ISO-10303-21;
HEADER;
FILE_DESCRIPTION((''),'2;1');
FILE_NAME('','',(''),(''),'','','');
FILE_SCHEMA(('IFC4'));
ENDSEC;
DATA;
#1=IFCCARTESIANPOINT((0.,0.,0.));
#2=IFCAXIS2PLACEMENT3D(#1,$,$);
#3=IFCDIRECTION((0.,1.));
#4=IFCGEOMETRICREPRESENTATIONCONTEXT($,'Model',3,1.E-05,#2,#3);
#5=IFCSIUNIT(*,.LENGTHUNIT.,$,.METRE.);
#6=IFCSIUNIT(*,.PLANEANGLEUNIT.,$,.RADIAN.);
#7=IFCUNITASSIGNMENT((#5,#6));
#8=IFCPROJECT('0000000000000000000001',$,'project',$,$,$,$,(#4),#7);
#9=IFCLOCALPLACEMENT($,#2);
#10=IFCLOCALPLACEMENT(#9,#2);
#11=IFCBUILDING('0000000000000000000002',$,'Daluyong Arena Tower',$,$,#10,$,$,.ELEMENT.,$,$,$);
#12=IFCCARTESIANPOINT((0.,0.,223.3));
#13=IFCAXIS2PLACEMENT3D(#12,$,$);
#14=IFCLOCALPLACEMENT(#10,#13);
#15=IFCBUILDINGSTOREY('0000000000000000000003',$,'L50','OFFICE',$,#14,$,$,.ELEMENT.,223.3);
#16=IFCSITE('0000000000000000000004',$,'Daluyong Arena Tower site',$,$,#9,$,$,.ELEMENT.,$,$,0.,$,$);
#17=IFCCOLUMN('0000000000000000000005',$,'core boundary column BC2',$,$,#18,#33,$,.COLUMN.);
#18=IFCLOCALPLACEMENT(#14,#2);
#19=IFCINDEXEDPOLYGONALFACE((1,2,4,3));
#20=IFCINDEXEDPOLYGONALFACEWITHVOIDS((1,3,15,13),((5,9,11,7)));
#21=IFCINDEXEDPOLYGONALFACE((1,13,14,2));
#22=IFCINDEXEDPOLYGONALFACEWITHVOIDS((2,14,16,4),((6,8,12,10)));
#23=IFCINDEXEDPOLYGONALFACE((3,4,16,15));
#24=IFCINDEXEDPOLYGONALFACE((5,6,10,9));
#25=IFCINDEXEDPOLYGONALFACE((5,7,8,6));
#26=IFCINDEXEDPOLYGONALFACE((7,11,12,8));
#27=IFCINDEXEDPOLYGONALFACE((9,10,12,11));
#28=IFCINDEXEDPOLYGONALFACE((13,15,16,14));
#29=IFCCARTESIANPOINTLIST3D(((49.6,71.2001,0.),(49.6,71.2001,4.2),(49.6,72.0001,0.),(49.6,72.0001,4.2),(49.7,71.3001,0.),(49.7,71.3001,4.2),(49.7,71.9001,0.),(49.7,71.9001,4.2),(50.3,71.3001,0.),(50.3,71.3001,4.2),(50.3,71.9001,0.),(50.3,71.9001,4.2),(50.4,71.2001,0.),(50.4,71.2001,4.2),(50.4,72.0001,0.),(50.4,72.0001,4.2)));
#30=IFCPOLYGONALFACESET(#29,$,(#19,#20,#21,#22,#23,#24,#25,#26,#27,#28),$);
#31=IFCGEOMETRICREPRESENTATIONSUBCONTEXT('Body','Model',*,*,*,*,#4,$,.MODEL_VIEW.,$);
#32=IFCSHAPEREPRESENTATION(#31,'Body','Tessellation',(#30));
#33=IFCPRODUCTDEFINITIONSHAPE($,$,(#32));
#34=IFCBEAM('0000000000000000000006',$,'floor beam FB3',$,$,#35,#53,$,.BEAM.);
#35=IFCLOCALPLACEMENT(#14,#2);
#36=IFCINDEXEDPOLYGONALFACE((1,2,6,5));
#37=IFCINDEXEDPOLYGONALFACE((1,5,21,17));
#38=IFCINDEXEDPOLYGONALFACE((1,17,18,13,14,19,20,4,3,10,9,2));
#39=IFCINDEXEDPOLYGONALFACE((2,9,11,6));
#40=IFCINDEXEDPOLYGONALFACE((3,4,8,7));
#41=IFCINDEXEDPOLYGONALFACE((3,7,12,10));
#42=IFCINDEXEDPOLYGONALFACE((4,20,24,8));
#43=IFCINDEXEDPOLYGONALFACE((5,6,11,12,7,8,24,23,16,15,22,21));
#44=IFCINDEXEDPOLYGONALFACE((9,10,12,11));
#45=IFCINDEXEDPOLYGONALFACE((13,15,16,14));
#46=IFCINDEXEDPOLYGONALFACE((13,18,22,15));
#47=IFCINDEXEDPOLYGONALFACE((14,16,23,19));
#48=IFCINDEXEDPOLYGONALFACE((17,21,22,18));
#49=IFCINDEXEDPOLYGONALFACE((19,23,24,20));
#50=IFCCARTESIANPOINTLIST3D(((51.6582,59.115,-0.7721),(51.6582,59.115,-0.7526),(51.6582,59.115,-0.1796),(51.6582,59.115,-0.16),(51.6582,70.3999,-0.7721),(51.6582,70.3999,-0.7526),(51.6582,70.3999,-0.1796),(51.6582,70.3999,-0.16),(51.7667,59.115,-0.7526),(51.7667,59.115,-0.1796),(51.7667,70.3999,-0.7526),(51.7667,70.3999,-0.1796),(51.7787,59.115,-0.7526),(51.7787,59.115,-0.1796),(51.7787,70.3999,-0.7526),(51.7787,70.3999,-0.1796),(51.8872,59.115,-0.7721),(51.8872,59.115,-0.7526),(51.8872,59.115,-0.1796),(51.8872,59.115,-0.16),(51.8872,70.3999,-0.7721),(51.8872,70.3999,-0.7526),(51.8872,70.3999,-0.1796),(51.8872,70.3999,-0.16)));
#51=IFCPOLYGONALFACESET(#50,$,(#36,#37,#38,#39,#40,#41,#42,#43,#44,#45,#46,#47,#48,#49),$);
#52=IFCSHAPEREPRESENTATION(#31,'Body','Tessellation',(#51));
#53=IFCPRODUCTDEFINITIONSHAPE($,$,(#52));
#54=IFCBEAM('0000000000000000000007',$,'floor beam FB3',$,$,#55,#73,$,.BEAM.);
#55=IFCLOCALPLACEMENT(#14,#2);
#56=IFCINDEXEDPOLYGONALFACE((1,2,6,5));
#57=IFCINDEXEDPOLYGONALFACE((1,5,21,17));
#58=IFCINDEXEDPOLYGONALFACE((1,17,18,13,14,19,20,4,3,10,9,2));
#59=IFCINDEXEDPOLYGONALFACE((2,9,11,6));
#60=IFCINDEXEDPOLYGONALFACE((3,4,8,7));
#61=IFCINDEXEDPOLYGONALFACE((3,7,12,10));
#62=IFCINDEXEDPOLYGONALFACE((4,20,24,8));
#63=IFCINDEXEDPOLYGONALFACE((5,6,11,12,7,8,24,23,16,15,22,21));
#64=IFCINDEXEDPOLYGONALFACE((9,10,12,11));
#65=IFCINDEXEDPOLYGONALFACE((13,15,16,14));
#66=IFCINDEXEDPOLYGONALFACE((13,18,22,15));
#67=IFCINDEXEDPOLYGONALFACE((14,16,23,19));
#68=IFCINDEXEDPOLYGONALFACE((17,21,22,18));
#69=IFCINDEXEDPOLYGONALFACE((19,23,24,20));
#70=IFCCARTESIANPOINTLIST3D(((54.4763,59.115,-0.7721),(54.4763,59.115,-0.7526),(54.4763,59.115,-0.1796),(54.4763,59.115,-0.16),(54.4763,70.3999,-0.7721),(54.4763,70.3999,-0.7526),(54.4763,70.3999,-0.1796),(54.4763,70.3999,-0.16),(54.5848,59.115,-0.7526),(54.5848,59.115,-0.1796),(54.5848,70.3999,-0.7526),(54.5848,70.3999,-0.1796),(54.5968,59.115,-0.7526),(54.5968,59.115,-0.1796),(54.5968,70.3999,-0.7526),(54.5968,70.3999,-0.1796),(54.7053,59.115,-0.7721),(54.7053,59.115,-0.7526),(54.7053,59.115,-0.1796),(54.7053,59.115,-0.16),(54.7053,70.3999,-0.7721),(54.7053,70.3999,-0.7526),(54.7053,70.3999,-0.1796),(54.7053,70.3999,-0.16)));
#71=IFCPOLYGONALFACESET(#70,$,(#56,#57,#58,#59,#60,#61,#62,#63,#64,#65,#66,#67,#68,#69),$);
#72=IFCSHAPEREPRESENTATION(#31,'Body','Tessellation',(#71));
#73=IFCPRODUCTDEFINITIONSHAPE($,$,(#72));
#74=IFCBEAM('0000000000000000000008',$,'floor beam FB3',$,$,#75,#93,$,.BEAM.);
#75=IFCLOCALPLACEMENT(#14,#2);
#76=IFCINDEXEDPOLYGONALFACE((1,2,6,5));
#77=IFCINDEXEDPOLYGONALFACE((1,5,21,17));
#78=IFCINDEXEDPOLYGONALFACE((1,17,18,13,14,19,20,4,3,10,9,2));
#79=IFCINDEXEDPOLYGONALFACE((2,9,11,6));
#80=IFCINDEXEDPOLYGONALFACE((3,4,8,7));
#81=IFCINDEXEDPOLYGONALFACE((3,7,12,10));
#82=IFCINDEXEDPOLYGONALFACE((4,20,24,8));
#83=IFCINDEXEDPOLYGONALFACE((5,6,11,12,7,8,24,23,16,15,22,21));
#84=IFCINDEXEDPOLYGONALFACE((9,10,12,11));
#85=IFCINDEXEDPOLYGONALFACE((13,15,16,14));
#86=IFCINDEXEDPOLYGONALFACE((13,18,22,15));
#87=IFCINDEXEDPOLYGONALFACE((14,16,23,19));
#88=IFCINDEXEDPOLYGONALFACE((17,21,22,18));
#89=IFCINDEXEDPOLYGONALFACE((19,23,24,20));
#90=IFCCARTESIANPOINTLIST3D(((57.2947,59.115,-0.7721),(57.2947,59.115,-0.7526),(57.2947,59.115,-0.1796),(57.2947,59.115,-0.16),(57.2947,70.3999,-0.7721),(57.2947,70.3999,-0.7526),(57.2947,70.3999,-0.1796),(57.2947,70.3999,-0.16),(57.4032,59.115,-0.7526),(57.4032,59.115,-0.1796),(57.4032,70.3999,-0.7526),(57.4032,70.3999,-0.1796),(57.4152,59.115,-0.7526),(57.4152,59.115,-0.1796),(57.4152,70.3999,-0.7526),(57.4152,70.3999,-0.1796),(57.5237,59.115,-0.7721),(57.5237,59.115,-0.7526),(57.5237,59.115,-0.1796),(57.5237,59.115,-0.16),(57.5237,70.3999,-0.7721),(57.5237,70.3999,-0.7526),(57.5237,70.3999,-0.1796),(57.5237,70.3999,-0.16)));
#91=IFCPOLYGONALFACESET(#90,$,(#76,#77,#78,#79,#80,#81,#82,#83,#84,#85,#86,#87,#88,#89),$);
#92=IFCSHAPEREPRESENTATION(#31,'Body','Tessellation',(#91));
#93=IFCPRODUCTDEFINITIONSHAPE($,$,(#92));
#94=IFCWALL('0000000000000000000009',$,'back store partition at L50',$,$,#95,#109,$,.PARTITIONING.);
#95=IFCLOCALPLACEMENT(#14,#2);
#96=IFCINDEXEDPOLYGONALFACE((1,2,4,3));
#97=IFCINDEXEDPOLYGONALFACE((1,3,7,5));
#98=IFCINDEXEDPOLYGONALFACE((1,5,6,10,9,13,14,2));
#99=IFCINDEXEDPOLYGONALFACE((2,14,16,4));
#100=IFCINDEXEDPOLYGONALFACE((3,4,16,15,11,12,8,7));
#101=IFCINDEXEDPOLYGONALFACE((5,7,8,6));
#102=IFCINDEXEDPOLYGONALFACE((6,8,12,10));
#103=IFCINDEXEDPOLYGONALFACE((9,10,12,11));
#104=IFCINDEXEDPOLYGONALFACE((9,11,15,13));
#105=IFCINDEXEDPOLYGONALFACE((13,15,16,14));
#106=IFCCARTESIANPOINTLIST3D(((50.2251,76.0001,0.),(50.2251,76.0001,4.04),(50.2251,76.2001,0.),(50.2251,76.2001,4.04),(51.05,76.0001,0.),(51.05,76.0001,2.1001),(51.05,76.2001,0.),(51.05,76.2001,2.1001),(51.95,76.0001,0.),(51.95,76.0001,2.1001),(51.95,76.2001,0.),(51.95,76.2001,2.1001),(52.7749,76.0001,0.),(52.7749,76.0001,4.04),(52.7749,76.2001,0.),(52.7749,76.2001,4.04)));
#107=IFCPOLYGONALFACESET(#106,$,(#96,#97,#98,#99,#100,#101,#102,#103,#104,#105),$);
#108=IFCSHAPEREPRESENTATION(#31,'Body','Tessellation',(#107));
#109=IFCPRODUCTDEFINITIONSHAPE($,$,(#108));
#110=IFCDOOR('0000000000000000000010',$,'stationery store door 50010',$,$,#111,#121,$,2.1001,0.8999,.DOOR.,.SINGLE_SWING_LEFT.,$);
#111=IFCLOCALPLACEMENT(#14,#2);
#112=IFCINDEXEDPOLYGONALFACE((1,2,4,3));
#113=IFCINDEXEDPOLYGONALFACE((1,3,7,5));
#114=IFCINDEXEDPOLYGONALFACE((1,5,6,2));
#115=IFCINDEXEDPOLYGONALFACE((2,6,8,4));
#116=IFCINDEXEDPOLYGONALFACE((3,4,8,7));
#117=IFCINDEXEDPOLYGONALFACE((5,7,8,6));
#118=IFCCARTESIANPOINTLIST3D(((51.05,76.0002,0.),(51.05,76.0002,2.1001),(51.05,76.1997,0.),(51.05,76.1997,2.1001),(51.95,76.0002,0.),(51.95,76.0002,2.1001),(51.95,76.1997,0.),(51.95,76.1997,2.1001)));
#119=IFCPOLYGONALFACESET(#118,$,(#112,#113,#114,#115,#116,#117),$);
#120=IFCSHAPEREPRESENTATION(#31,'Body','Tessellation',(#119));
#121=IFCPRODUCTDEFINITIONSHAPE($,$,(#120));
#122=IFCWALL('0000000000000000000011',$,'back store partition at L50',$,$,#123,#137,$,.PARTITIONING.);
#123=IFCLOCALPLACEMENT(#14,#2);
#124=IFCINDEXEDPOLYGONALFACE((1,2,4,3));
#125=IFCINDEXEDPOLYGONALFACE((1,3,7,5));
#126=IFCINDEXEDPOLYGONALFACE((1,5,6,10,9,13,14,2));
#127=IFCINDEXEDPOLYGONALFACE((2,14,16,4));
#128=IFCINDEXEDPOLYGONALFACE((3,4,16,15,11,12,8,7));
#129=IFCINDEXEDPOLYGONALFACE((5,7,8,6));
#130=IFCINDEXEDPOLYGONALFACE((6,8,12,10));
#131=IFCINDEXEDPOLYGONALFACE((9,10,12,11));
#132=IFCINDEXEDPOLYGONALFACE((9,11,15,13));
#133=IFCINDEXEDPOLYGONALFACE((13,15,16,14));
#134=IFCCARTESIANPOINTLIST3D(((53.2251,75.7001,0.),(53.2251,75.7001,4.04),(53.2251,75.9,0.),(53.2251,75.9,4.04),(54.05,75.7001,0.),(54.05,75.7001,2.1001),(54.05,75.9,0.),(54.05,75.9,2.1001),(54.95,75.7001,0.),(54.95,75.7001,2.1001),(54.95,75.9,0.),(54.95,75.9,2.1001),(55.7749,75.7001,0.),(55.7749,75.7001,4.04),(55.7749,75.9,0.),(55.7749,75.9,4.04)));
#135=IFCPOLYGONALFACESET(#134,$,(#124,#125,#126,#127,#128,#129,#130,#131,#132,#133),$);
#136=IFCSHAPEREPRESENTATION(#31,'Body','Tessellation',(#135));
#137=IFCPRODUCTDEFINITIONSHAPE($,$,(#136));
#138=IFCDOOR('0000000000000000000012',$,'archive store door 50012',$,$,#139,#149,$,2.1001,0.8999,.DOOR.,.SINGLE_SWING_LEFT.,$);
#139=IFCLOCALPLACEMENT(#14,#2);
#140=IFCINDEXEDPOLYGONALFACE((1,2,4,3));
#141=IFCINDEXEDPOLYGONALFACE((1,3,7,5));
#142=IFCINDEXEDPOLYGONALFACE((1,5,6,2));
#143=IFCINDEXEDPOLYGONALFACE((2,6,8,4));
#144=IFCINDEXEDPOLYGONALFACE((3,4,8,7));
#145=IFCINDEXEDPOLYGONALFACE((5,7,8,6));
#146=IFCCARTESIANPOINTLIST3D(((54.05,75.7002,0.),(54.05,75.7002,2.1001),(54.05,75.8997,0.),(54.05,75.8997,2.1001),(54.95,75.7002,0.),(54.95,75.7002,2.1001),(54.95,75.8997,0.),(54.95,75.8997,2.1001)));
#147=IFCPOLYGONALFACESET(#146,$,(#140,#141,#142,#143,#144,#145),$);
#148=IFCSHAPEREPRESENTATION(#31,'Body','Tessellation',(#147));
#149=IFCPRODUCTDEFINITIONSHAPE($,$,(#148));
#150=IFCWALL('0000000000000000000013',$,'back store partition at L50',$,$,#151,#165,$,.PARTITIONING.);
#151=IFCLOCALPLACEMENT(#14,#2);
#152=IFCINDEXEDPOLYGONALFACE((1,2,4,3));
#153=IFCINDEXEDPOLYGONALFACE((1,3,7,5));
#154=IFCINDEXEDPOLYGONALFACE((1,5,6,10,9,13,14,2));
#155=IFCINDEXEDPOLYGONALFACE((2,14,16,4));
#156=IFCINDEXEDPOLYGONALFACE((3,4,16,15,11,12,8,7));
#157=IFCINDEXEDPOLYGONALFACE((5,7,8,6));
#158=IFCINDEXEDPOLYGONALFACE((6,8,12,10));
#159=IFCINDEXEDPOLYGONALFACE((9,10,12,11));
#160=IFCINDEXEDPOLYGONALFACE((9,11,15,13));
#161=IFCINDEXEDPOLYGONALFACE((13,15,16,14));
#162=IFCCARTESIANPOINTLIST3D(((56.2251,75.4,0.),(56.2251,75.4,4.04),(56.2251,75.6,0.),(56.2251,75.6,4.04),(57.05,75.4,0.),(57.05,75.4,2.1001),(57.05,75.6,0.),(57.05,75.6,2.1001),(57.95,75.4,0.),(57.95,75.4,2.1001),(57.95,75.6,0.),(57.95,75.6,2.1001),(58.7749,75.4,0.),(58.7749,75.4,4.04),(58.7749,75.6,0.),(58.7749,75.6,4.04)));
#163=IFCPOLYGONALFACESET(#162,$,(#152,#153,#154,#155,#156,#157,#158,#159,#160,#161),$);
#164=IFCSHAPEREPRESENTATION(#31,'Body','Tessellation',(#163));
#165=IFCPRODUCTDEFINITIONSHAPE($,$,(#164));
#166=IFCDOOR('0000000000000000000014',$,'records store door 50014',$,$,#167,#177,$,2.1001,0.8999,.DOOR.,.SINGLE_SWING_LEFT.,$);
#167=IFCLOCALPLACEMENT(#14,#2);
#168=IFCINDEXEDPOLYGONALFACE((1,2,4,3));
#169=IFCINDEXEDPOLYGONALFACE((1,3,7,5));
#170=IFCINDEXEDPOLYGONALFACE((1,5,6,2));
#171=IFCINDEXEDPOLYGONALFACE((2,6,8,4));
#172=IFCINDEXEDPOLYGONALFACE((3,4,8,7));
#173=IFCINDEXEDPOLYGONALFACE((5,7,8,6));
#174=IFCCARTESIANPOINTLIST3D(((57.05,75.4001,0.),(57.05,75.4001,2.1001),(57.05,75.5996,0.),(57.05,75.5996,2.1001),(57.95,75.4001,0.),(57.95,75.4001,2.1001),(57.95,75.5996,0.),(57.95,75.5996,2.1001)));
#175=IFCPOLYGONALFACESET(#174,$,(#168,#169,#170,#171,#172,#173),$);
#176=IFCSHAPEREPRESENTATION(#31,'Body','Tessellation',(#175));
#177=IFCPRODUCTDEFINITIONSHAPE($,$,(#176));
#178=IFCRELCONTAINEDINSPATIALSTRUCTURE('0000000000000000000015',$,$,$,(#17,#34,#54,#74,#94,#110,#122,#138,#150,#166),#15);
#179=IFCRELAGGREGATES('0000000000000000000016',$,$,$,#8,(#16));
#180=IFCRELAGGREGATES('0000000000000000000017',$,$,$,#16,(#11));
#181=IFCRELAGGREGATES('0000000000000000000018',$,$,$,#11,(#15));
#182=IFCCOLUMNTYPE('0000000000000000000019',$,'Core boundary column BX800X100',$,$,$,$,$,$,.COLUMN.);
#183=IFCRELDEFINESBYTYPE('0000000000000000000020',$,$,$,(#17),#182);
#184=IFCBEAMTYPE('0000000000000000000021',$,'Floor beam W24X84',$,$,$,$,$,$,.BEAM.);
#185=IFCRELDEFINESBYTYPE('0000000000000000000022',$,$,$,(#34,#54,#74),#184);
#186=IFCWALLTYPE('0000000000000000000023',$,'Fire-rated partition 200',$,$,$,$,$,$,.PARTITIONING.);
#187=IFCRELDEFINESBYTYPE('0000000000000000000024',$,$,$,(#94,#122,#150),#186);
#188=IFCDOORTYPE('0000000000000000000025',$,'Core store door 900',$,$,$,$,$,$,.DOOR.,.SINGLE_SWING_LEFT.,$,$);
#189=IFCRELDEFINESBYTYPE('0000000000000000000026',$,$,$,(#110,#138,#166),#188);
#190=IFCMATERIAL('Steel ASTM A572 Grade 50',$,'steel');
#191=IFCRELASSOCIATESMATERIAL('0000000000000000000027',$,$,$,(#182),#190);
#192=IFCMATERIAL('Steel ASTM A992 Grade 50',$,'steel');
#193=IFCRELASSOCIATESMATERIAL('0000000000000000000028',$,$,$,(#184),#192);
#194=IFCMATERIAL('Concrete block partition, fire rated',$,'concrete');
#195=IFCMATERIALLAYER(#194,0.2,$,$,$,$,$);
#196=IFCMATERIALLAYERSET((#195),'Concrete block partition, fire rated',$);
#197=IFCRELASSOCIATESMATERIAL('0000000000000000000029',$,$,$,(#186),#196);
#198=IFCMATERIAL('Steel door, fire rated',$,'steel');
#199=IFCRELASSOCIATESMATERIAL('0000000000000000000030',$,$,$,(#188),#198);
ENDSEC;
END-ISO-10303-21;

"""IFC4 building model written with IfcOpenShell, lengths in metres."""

from ifc_helpers import new_model, si_unit, direction, frame, frame_2d, origin, origin_2d, place, context, subcontext, project, spatial, rectangle, hollow_rectangle, i_section, extrude, material, layer, layer_set, material_profile, profile_set, type_object, element, fill, save


model = new_model("IFC4")

# Units and contexts
model_context = context("Model", 3, precision=1e-05, world=origin(), true_north=direction((0.0, 1.0)))
body_context = subcontext(model_context, "Body", "Model", "MODEL_VIEW")
ifc_project = project(units=[si_unit("LENGTHUNIT", "METRE"), si_unit("PLANEANGLEUNIT", "RADIAN")], contexts=[model_context])

# Site, building, storey
site_placement = place(None, origin())
site = spatial("IfcSite", under=ifc_project, at=site_placement, Name="Daluyong Arena Tower site", CompositionType="ELEMENT", RefElevation=0.0)
building_placement = place(site_placement, origin())
building = spatial("IfcBuilding", under=site, at=building_placement, Name="Daluyong Arena Tower", CompositionType="ELEMENT")
storey_placement = place(building_placement, frame((0.0, 0.0, 223.3)))
storey = spatial("IfcBuildingStorey", under=building, at=storey_placement, Name="L50", Description="OFFICE", CompositionType="ELEMENT", Elevation=223.3)

# Column
ifc_material_1 = material(Name="Steel ASTM A572 Grade 50", Category="steel")
ifc_material_profile_1 = material_profile(ifc_material_1, hollow_rectangle(XDim=0.8, YDim=0.8, WallThickness=0.1, at=origin_2d()))
ifc_profile_set_1 = profile_set([ifc_material_profile_1], Name="Steel ASTM A572 Grade 50")
column_type = type_object("IfcColumnType", Name="Core boundary column BX800X100", PredefinedType="COLUMN", material=ifc_profile_set_1)
column_placement = place(storey_placement, frame((50.0, 71.6001, 0.0), z_axis=(0.0, 0.0, 1.0), x_axis=(1.0, 0.0, 0.0)))
element("IfcColumn", 1, at=column_placement, inside=storey, type_object=column_type, Name="core boundary column BC2", PredefinedType="COLUMN", context=body_context, shape_type="SweptSolid", body=[
    extrude(hollow_rectangle(XDim=0.8, YDim=0.8, WallThickness=0.1, at=origin_2d()), origin(), (0.0, 0.0, 1.0), 4.2),
])

# Beams
ifc_material_2 = material(Name="Steel ASTM A992 Grade 50", Category="steel")
ifc_material_profile_2 = material_profile(ifc_material_2, i_section(OverallWidth=0.229, OverallDepth=0.6121, WebThickness=0.012, FlangeThickness=0.0195, at=origin_2d()))
ifc_profile_set_2 = profile_set([ifc_material_profile_2], Name="Steel ASTM A992 Grade 50")
beam_type = type_object("IfcBeamType", Name="Floor beam W24X84", PredefinedType="BEAM", material=ifc_profile_set_2)
for number, where, z_axis, x_axis, name in (
    (2, (51.7727, 59.115, -0.4661), (0.0, 1.0, 0.0), (-1.0, 0.0, 0.0), "floor beam FB3"),
    (3, (54.5908, 59.115, -0.4661), (0.0, 1.0, 0.0), (-1.0, 0.0, 0.0), "floor beam FB3"),
    (4, (57.4092, 59.115, -0.4661), (0.0, 1.0, 0.0), (-1.0, 0.0, 0.0), "floor beam FB3"),
):
    element("IfcBeam", number, at=place(storey_placement, frame(where, z_axis=z_axis, x_axis=x_axis)), inside=storey, type_object=beam_type, Name=name, PredefinedType="BEAM", context=body_context, shape_type="SweptSolid", body=[
        extrude(i_section(OverallWidth=0.229, OverallDepth=0.6121, WebThickness=0.012, FlangeThickness=0.0195, at=origin_2d()), origin(), (0.0, 0.0, 1.0), 11.2849),
    ])

# Walls, openings, doors
ifc_material_3 = material(Name="Concrete block partition, fire rated", Category="concrete")
ifc_layer_1 = layer(ifc_material_3, 0.2)
ifc_layer_set_1 = layer_set([ifc_layer_1], Name="Concrete block partition, fire rated")
wall_type_1 = type_object("IfcWallType", Name="Fire-rated partition 200", PredefinedType="PARTITIONING", material=ifc_layer_set_1)
wall_1_placement = place(storey_placement, frame((50.2251, 76.1001, 0.0), z_axis=(0.0, 0.0, 1.0), x_axis=(1.0, 0.0, 0.0)))
wall_1 = element("IfcWall", 5, at=wall_1_placement, inside=storey, type_object=wall_type_1, Name="back store partition at L50", PredefinedType="PARTITIONING", context=body_context, shape_type="SweptSolid", body=[
    extrude(rectangle(XDim=2.5498, YDim=0.2, at=frame_2d((1.2749, 0.0))), origin(), (0.0, 0.0, 1.0), 4.04),
])
opening_1_placement = place(wall_1_placement, frame((0.825, 0.0, 0.0)))
opening_1 = element("IfcOpeningElement", 6, at=opening_1_placement, cuts=wall_1, PredefinedType="OPENING", context=body_context, shape_type="SweptSolid", body=[
    extrude(rectangle(XDim=0.8999, YDim=2.1001, at=frame_2d((0.45, 1.05))), frame((0.0, 0.1099, 0.0), z_axis=(0.0, -1.0, 0.0), x_axis=(1.0, 0.0, 0.0)), (0.0, 0.0, 1.0), 0.22),
])
ifc_material_4 = material(Name="Steel door, fire rated", Category="steel")
door_type_1 = type_object("IfcDoorType", Name="Core store door 900", OperationType="SINGLE_SWING_LEFT", PredefinedType="DOOR", material=ifc_material_4)
door_1_placement = place(opening_1_placement, origin())
door_1 = element("IfcDoor", 7, at=door_1_placement, inside=storey, type_object=door_type_1, Name="stationery store door 50010", OperationType="SINGLE_SWING_LEFT", OverallHeight=2.1001, OverallWidth=0.8999, PredefinedType="DOOR", context=body_context, shape_type="SweptSolid", body=[
    extrude(rectangle(XDim=0.8999, YDim=2.1001, at=frame_2d((0.45, 1.05))), frame((0.0, 0.0996, 0.0), z_axis=(0.0, -1.0, 0.0), x_axis=(1.0, 0.0, 0.0)), (0.0, 0.0, 1.0), 0.1995),
])
fill(opening_1, door_1)
wall_2_placement = place(storey_placement, frame((53.2251, 75.8, 0.0), z_axis=(0.0, 0.0, 1.0), x_axis=(1.0, 0.0, 0.0)))
wall_2 = element("IfcWall", 8, at=wall_2_placement, inside=storey, type_object=wall_type_1, Name="back store partition at L50", PredefinedType="PARTITIONING", context=body_context, shape_type="SweptSolid", body=[
    extrude(rectangle(XDim=2.5498, YDim=0.2, at=frame_2d((1.2749, 0.0))), origin(), (0.0, 0.0, 1.0), 4.04),
])
opening_2_placement = place(wall_2_placement, frame((0.825, 0.0, 0.0)))
opening_2 = element("IfcOpeningElement", 9, at=opening_2_placement, cuts=wall_2, PredefinedType="OPENING", context=body_context, shape_type="SweptSolid", body=[
    extrude(rectangle(XDim=0.8999, YDim=2.1001, at=frame_2d((0.45, 1.05))), frame((0.0, 0.1099, 0.0), z_axis=(0.0, -1.0, 0.0), x_axis=(1.0, 0.0, 0.0)), (0.0, 0.0, 1.0), 0.22),
])
door_2_placement = place(opening_2_placement, origin())
door_2 = element("IfcDoor", 10, at=door_2_placement, inside=storey, type_object=door_type_1, Name="archive store door 50012", OperationType="SINGLE_SWING_LEFT", OverallHeight=2.1001, OverallWidth=0.8999, PredefinedType="DOOR", context=body_context, shape_type="SweptSolid", body=[
    extrude(rectangle(XDim=0.8999, YDim=2.1001, at=frame_2d((0.45, 1.05))), frame((0.0, 0.0996, 0.0), z_axis=(0.0, -1.0, 0.0), x_axis=(1.0, 0.0, 0.0)), (0.0, 0.0, 1.0), 0.1995),
])
fill(opening_2, door_2)
wall_3_placement = place(storey_placement, frame((56.2251, 75.5, 0.0), z_axis=(0.0, 0.0, 1.0), x_axis=(1.0, 0.0, 0.0)))
wall_3 = element("IfcWall", 11, at=wall_3_placement, inside=storey, type_object=wall_type_1, Name="back store partition at L50", PredefinedType="PARTITIONING", context=body_context, shape_type="SweptSolid", body=[
    extrude(rectangle(XDim=2.5498, YDim=0.2, at=frame_2d((1.2749, 0.0))), origin(), (0.0, 0.0, 1.0), 4.04),
])
opening_3_placement = place(wall_3_placement, frame((0.825, 0.0, 0.0)))
opening_3 = element("IfcOpeningElement", 12, at=opening_3_placement, cuts=wall_3, PredefinedType="OPENING", context=body_context, shape_type="SweptSolid", body=[
    extrude(rectangle(XDim=0.8999, YDim=2.1001, at=frame_2d((0.45, 1.05))), frame((0.0, 0.1099, 0.0), z_axis=(0.0, -1.0, 0.0), x_axis=(1.0, 0.0, 0.0)), (0.0, 0.0, 1.0), 0.22),
])
door_3_placement = place(opening_3_placement, origin())
door_3 = element("IfcDoor", 13, at=door_3_placement, inside=storey, type_object=door_type_1, Name="records store door 50014", OperationType="SINGLE_SWING_LEFT", OverallHeight=2.1001, OverallWidth=0.8999, PredefinedType="DOOR", context=body_context, shape_type="SweptSolid", body=[
    extrude(rectangle(XDim=0.8999, YDim=2.1001, at=frame_2d((0.45, 1.05))), frame((0.0, 0.0996, 0.0), z_axis=(0.0, -1.0, 0.0), x_axis=(1.0, 0.0, 0.0)), (0.0, 0.0, 1.0), 0.1995),
])
fill(opening_3, door_3)

save(model, "model.ifc")
